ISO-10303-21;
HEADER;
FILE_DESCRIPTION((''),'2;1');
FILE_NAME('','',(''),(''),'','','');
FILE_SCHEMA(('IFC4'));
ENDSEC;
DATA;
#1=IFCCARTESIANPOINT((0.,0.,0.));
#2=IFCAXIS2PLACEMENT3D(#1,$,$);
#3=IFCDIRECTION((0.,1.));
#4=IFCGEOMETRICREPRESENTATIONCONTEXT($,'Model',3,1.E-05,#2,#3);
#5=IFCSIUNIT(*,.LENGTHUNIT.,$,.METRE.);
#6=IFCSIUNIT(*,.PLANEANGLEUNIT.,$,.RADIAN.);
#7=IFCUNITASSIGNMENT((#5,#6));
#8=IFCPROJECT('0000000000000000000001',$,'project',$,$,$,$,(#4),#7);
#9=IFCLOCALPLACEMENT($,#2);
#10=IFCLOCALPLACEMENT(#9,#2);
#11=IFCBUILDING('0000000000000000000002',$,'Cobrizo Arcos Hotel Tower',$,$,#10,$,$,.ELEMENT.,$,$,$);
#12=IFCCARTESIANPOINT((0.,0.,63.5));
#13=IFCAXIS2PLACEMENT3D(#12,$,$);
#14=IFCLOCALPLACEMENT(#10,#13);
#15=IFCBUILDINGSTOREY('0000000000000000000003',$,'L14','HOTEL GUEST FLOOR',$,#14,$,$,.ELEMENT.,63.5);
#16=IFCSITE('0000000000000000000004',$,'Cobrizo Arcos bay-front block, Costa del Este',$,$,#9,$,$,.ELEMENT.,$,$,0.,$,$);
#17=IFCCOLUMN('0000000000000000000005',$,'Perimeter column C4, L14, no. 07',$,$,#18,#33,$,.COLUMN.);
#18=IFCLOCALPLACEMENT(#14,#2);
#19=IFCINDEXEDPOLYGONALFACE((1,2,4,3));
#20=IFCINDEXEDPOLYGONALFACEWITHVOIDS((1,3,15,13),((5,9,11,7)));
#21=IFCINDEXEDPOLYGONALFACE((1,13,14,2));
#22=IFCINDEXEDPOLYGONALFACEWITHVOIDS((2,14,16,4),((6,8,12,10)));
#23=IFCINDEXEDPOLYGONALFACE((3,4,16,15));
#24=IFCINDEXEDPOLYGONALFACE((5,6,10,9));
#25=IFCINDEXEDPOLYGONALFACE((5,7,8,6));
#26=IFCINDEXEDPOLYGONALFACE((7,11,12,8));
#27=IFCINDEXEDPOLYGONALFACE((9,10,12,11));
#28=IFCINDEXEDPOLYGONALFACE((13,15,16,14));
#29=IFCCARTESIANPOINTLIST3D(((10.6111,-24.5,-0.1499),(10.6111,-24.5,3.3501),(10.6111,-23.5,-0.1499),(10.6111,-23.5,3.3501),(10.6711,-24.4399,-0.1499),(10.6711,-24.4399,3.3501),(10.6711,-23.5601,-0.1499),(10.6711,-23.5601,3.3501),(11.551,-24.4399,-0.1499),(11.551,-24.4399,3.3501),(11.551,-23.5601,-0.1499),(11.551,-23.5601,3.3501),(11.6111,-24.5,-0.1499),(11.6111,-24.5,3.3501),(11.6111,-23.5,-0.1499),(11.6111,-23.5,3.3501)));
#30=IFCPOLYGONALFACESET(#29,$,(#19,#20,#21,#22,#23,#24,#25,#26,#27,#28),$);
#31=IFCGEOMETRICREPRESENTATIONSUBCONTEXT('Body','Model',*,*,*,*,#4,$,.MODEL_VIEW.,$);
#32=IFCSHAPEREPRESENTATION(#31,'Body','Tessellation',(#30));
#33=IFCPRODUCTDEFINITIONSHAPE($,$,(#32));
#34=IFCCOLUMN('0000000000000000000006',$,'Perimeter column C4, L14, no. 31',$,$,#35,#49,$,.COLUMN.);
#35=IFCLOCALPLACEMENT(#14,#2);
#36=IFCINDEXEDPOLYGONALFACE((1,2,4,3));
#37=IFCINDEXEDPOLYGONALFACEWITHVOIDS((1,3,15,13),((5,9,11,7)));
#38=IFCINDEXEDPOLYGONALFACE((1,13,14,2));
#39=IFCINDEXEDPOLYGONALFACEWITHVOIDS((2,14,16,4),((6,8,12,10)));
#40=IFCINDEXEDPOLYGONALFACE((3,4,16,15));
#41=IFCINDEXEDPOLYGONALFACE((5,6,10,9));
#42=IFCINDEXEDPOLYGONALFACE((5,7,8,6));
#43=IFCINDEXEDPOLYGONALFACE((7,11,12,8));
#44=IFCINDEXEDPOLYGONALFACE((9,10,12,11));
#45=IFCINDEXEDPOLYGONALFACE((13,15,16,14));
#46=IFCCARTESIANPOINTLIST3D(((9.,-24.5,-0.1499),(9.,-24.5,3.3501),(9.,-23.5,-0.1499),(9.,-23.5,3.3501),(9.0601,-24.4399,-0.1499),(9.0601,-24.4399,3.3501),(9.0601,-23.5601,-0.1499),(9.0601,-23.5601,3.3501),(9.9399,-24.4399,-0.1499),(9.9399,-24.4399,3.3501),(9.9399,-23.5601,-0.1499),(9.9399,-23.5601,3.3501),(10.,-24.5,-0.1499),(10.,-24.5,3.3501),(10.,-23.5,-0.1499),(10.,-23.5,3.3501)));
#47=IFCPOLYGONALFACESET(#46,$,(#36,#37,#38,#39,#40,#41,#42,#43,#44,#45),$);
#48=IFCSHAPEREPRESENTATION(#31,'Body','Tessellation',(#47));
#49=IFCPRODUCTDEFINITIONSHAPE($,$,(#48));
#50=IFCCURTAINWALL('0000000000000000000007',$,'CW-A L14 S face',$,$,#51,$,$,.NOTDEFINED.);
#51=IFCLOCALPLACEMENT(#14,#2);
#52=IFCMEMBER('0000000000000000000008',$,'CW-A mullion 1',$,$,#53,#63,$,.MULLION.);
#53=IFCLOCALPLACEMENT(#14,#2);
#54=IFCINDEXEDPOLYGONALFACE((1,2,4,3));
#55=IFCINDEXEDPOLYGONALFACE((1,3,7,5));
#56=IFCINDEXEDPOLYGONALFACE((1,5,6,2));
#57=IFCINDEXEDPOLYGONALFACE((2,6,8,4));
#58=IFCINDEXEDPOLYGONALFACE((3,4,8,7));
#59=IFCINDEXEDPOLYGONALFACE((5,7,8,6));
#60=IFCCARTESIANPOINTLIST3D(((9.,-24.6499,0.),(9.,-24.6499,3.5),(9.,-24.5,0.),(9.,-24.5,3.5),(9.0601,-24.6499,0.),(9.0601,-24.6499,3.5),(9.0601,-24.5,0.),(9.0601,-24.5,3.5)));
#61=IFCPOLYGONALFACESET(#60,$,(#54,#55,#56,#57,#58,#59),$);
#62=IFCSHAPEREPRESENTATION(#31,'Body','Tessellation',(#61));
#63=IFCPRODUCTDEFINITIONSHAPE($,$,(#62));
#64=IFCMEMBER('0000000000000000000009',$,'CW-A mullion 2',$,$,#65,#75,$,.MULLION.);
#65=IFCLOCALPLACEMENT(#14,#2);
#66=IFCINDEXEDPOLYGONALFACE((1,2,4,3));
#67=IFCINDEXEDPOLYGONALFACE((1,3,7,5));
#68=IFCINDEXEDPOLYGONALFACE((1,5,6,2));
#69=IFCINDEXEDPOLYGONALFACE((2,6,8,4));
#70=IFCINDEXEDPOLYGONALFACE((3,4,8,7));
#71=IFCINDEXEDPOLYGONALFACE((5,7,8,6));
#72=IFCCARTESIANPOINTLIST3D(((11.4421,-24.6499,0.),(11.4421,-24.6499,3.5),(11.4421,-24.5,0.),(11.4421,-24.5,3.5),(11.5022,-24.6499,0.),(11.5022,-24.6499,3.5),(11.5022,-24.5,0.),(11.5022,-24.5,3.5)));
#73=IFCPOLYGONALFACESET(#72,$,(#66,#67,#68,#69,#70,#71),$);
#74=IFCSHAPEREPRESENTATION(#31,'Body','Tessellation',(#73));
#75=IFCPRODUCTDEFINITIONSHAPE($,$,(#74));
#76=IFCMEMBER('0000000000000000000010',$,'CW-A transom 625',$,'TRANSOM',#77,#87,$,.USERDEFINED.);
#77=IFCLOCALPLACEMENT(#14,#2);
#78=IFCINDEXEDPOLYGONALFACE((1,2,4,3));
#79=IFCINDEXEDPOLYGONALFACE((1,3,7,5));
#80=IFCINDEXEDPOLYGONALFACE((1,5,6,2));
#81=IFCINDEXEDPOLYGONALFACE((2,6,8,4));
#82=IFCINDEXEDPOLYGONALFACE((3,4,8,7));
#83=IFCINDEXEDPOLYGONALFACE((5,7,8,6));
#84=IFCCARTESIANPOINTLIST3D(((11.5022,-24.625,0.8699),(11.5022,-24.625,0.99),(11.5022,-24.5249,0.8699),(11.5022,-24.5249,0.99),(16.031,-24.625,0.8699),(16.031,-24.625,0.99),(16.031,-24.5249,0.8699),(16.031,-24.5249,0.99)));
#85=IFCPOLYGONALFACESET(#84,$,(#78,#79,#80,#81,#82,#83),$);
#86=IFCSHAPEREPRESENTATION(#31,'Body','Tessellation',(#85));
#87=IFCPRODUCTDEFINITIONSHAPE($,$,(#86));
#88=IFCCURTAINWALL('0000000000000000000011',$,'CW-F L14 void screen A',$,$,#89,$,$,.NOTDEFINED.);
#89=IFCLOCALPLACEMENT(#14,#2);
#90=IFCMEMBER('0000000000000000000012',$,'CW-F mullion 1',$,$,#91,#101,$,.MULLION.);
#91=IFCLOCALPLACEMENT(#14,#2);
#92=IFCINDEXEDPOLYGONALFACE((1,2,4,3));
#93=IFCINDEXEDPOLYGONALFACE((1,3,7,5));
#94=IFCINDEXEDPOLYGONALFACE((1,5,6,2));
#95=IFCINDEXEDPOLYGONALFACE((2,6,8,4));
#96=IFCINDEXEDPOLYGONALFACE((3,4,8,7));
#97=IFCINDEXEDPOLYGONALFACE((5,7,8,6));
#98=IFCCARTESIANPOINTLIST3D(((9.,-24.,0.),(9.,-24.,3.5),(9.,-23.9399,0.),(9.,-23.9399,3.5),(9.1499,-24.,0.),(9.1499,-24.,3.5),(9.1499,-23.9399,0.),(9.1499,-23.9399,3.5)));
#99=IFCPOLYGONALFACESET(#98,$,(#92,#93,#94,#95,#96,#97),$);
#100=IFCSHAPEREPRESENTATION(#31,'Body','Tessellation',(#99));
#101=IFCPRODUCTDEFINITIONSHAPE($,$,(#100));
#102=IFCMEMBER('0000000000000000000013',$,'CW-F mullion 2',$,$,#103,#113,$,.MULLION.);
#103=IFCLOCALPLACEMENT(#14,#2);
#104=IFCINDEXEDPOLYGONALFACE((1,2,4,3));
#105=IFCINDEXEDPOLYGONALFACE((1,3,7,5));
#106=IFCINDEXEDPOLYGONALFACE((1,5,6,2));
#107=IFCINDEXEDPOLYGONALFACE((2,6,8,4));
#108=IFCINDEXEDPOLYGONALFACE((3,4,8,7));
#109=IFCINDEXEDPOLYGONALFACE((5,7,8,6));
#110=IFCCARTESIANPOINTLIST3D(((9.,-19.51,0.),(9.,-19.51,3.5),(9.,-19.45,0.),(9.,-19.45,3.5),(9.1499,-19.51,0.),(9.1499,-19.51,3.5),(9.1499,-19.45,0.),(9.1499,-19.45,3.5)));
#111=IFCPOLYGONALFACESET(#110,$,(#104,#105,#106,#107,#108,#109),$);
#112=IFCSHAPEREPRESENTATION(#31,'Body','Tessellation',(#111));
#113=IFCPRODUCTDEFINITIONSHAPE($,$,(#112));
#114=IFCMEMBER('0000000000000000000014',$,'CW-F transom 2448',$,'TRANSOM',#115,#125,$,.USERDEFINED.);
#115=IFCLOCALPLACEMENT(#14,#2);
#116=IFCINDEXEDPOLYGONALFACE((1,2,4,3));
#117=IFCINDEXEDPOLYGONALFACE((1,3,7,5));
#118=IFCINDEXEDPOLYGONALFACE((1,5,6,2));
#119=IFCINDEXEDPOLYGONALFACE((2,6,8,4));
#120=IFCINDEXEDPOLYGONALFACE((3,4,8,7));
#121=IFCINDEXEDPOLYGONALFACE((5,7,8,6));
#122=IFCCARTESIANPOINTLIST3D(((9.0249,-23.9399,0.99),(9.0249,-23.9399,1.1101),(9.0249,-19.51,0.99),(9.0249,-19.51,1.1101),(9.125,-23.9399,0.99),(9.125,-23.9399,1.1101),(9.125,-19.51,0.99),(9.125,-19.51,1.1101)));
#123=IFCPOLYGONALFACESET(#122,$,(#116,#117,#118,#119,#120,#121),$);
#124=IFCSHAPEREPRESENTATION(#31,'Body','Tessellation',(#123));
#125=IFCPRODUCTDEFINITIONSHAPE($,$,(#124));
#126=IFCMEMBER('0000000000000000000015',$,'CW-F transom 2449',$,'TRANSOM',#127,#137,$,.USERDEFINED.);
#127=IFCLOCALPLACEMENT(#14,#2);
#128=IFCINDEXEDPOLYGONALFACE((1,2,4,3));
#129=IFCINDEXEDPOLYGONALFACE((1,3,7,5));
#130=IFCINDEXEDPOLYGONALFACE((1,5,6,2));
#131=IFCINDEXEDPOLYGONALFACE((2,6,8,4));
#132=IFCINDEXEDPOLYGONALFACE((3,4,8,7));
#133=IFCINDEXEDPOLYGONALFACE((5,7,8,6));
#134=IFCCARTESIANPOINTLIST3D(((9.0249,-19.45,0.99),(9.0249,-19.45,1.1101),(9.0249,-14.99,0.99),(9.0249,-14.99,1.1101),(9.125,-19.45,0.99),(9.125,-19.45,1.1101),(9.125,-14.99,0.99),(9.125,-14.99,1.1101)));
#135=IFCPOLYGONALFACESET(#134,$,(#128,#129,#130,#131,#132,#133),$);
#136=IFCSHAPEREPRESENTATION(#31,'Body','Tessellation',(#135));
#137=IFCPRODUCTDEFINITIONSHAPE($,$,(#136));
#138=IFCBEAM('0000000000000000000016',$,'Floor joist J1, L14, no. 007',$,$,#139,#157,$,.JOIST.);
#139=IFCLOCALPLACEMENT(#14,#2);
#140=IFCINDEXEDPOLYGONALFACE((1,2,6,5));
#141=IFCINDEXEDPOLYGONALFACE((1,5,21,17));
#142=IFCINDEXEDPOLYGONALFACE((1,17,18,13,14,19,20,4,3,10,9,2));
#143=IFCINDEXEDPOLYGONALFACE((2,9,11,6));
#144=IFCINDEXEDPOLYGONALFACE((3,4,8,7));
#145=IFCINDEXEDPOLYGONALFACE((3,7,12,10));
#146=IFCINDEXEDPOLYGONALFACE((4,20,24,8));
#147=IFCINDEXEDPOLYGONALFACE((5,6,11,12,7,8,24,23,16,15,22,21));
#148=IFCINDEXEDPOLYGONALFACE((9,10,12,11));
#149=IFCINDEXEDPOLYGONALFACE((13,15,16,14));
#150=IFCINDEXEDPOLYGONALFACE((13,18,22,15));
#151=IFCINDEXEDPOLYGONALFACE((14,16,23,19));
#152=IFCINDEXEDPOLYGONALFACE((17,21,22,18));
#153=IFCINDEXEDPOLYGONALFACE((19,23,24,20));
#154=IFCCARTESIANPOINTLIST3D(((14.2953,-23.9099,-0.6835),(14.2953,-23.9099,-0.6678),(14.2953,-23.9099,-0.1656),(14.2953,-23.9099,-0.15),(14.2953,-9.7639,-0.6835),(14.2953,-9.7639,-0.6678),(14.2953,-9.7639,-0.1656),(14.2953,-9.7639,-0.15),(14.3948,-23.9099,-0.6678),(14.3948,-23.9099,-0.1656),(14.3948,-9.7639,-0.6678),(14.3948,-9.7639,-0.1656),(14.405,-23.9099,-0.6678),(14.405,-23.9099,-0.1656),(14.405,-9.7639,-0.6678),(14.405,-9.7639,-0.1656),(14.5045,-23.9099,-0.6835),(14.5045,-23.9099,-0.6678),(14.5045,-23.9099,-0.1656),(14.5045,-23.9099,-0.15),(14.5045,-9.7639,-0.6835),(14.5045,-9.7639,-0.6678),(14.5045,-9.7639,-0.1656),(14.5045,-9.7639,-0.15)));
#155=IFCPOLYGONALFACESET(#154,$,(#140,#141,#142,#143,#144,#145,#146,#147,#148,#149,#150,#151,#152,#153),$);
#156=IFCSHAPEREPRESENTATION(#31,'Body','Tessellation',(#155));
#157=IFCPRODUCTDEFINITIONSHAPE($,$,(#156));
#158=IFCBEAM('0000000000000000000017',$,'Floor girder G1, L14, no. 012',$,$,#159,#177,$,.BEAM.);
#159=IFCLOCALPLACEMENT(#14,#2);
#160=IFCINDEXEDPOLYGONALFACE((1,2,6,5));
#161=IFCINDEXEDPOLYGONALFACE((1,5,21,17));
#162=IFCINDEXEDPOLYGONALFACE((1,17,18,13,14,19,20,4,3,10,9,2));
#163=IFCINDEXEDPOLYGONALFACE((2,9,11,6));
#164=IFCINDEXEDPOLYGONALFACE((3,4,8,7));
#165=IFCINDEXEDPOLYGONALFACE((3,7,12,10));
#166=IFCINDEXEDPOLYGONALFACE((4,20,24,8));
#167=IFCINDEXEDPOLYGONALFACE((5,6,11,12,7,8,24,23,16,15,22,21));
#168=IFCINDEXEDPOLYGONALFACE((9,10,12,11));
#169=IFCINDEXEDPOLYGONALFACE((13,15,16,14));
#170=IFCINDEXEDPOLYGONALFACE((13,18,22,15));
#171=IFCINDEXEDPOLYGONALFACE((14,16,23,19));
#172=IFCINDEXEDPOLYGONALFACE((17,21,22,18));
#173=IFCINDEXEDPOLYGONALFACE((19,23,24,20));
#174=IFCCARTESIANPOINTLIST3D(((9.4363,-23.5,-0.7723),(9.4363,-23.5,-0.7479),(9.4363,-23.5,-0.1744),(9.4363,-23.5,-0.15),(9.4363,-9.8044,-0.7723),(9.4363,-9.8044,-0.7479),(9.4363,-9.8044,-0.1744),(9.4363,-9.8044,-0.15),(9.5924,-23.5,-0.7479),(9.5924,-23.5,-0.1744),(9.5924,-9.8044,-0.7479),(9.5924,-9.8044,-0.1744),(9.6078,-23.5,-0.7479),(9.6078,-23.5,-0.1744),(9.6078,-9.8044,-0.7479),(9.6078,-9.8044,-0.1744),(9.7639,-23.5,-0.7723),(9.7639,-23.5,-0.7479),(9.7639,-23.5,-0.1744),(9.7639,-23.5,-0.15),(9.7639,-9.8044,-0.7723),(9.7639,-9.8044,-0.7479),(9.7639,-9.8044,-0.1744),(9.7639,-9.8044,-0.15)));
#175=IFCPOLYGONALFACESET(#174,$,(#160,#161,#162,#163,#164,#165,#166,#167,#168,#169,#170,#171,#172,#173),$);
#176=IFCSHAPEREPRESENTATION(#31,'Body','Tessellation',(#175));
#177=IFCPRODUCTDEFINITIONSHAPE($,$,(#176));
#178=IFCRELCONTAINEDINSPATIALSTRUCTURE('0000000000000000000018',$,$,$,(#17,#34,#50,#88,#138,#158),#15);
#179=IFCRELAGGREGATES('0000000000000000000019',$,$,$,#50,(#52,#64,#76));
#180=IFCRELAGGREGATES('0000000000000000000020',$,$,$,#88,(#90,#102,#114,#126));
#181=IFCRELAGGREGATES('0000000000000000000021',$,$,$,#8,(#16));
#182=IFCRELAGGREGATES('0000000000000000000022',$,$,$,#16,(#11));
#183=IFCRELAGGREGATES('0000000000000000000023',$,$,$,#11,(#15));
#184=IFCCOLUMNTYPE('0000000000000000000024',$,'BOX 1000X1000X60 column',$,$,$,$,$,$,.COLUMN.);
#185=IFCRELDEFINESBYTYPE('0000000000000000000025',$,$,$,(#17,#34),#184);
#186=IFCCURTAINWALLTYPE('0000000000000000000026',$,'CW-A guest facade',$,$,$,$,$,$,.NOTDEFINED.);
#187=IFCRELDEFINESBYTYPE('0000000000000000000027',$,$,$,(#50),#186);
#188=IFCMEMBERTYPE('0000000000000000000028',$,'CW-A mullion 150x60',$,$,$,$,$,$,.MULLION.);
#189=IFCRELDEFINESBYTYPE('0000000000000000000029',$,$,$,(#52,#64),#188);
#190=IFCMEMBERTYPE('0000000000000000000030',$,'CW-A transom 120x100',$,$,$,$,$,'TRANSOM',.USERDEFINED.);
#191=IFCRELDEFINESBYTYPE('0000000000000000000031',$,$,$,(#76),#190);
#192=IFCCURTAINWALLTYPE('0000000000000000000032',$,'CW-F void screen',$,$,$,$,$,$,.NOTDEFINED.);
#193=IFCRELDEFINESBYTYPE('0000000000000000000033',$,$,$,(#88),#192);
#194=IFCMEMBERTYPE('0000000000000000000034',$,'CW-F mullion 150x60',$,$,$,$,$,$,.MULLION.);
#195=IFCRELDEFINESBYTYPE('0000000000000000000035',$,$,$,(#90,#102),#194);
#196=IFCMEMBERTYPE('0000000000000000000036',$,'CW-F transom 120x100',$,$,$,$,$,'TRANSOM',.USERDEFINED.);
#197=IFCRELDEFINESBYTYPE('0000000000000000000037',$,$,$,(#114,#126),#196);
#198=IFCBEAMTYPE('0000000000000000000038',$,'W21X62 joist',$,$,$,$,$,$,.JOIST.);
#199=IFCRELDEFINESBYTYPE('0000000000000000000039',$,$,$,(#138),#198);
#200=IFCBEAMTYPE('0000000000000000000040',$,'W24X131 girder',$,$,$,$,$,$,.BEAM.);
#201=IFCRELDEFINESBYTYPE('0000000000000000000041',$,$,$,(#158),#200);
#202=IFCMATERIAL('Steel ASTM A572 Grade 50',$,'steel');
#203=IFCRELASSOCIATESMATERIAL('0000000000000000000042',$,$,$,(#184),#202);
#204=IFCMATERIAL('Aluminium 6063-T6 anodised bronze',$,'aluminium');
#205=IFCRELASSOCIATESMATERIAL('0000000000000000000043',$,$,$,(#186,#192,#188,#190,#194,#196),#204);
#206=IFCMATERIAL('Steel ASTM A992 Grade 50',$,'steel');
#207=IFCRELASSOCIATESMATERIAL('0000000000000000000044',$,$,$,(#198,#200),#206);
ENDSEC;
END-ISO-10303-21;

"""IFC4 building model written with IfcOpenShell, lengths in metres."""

from ifc_helpers import new_model, si_unit, direction, frame, origin, origin_2d, place, context, subcontext, project, spatial, rectangle, hollow_rectangle, i_section, extrude, material, material_profile, profile_set, type_object, element, aggregate, save


model = new_model("IFC4")

# Units and contexts
model_context = context("Model", 3, precision=1e-05, world=origin(), true_north=direction((0.0, 1.0)))
body_context = subcontext(model_context, "Body", "Model", "MODEL_VIEW")
ifc_project = project(units=[si_unit("LENGTHUNIT", "METRE"), si_unit("PLANEANGLEUNIT", "RADIAN")], contexts=[model_context])

# Site, building, storey
site_placement = place(None, origin())
site = spatial("IfcSite", under=ifc_project, at=site_placement, Name="Cobrizo Arcos bay-front block, Costa del Este", CompositionType="ELEMENT", RefElevation=0.0)
building_placement = place(site_placement, origin())
building = spatial("IfcBuilding", under=site, at=building_placement, Name="Cobrizo Arcos Hotel Tower", CompositionType="ELEMENT")
storey_placement = place(building_placement, frame((0.0, 0.0, 63.5)))
storey = spatial("IfcBuildingStorey", under=building, at=storey_placement, Name="L14", Description="HOTEL GUEST FLOOR", CompositionType="ELEMENT", Elevation=63.5)

# Columns
ifc_material_1 = material(Name="Steel ASTM A572 Grade 50", Category="steel")
ifc_material_profile_1 = material_profile(ifc_material_1, hollow_rectangle(XDim=1.0, YDim=1.0, WallThickness=0.0601, at=origin_2d()), Name="BOX 1000X1000X60")
ifc_profile_set_1 = profile_set([ifc_material_profile_1], Name="Steel ASTM A572 Grade 50")
column_type = type_object("IfcColumnType", Name="BOX 1000X1000X60 column", PredefinedType="COLUMN", material=ifc_profile_set_1)
for number, where, z_axis, x_axis, name in (
    (1, (11.1111, -24.0, -0.1499), (0.0, 0.0, 1.0), (1.0, 0.0, 0.0), "Perimeter column C4, L14, no. 07"),
    (2, (9.5, -24.0, -0.1499), (0.0, 0.0, 1.0), (1.0, 0.0, 0.0), "Perimeter column C4, L14, no. 31"),
):
    element("IfcColumn", number, at=place(storey_placement, frame(where, z_axis=z_axis, x_axis=x_axis)), inside=storey, type_object=column_type, Name=name, PredefinedType="COLUMN", context=body_context, shape_type="SweptSolid", body=[
        extrude(hollow_rectangle(XDim=1.0, YDim=1.0, WallThickness=0.0601, at=origin_2d()), origin(), (0.0, 0.0, 1.0), 3.5),
    ])

# Curtain walls, members
ifc_material_2 = material(Name="Aluminium 6063-T6 anodised bronze", Category="aluminium")
curtain_wall_type_1 = type_object("IfcCurtainWallType", Name="CW-A guest facade", PredefinedType="NOTDEFINED", material=ifc_material_2)
curtain_wall_1_placement = place(storey_placement, origin())
curtain_wall_1 = element("IfcCurtainWall", 3, at=curtain_wall_1_placement, inside=storey, type_object=curtain_wall_type_1, Name="CW-A L14 S face", PredefinedType="NOTDEFINED")
ifc_material_profile_2 = material_profile(ifc_material_2, rectangle(XDim=0.1499, YDim=0.0601, at=origin_2d()), Name="CW-A mullion 150x60")
ifc_profile_set_2 = profile_set([ifc_material_profile_2], Name="Aluminium 6063-T6 anodised bronze")
member_type_1 = type_object("IfcMemberType", Name="CW-A mullion 150x60", PredefinedType="MULLION", material=ifc_profile_set_2)
member_1_placement = place(storey_placement, frame((9.03, -24.575, 0.0), z_axis=(0.0, 0.0, 1.0), x_axis=(0.0, -1.0, 0.0)))
member_1 = element("IfcMember", 4, at=member_1_placement, type_object=member_type_1, Name="CW-A mullion 1", PredefinedType="MULLION", context=body_context, shape_type="SweptSolid", body=[
    extrude(rectangle(XDim=0.1499, YDim=0.0601, at=origin_2d()), origin(), (0.0, 0.0, 1.0), 3.5),
])
member_2_placement = place(storey_placement, frame((11.4722, -24.575, 0.0), z_axis=(0.0, 0.0, 1.0), x_axis=(0.0, -1.0, 0.0)))
member_2 = element("IfcMember", 5, at=member_2_placement, type_object=member_type_1, Name="CW-A mullion 2", PredefinedType="MULLION", context=body_context, shape_type="SweptSolid", body=[
    extrude(rectangle(XDim=0.1499, YDim=0.0601, at=origin_2d()), origin(), (0.0, 0.0, 1.0), 3.5),
])
ifc_material_profile_3 = material_profile(ifc_material_2, rectangle(XDim=0.1001, YDim=0.1201, at=origin_2d()), Name="CW-A transom 120x100")
ifc_profile_set_3 = profile_set([ifc_material_profile_3], Name="Aluminium 6063-T6 anodised bronze")
member_type_2 = type_object("IfcMemberType", Name="CW-A transom 120x100", ElementType="TRANSOM", PredefinedType="USERDEFINED", material=ifc_profile_set_3)
member_3_placement = place(storey_placement, frame((11.5022, -24.575, 0.9299), z_axis=(1.0, 0.0, 0.0), x_axis=(0.0, 1.0, 0.0)))
member_3 = element("IfcMember", 6, at=member_3_placement, type_object=member_type_2, Name="CW-A transom 625", ObjectType="TRANSOM", PredefinedType="USERDEFINED", context=body_context, shape_type="SweptSolid", body=[
    extrude(rectangle(XDim=0.1001, YDim=0.1201, at=origin_2d()), origin(), (0.0, 0.0, 1.0), 4.5288),
])
curtain_wall_type_2 = type_object("IfcCurtainWallType", Name="CW-F void screen", PredefinedType="NOTDEFINED", material=ifc_material_2)
curtain_wall_2_placement = place(storey_placement, origin())
curtain_wall_2 = element("IfcCurtainWall", 7, at=curtain_wall_2_placement, inside=storey, type_object=curtain_wall_type_2, Name="CW-F L14 void screen A", PredefinedType="NOTDEFINED")
ifc_material_profile_4 = material_profile(ifc_material_2, rectangle(XDim=0.1499, YDim=0.0601, at=origin_2d()), Name="CW-F mullion 150x60")
ifc_profile_set_4 = profile_set([ifc_material_profile_4], Name="Aluminium 6063-T6 anodised bronze")
member_type_3 = type_object("IfcMemberType", Name="CW-F mullion 150x60", PredefinedType="MULLION", material=ifc_profile_set_4)
member_4_placement = place(storey_placement, frame((9.075, -23.97, 0.0), z_axis=(0.0, 0.0, 1.0), x_axis=(1.0, 0.0, 0.0)))
member_4 = element("IfcMember", 8, at=member_4_placement, type_object=member_type_3, Name="CW-F mullion 1", PredefinedType="MULLION", context=body_context, shape_type="SweptSolid", body=[
    extrude(rectangle(XDim=0.1499, YDim=0.0601, at=origin_2d()), origin(), (0.0, 0.0, 1.0), 3.5),
])
member_5_placement = place(storey_placement, frame((9.075, -19.48, 0.0), z_axis=(0.0, 0.0, 1.0), x_axis=(1.0, 0.0, 0.0)))
member_5 = element("IfcMember", 9, at=member_5_placement, type_object=member_type_3, Name="CW-F mullion 2", PredefinedType="MULLION", context=body_context, shape_type="SweptSolid", body=[
    extrude(rectangle(XDim=0.1499, YDim=0.0601, at=origin_2d()), origin(), (0.0, 0.0, 1.0), 3.5),
])
ifc_material_profile_5 = material_profile(ifc_material_2, rectangle(XDim=0.1001, YDim=0.1201, at=origin_2d()), Name="CW-F transom 120x100")
ifc_profile_set_5 = profile_set([ifc_material_profile_5], Name="Aluminium 6063-T6 anodised bronze")
member_type_4 = type_object("IfcMemberType", Name="CW-F transom 120x100", ElementType="TRANSOM", PredefinedType="USERDEFINED", material=ifc_profile_set_5)
member_6_placement = place(storey_placement, frame((9.075, -23.9399, 1.05), z_axis=(0.0, 1.0, 0.0), x_axis=(-1.0, 0.0, 0.0)))
member_6 = element("IfcMember", 10, at=member_6_placement, type_object=member_type_4, Name="CW-F transom 2448", ObjectType="TRANSOM", PredefinedType="USERDEFINED", context=body_context, shape_type="SweptSolid", body=[
    extrude(rectangle(XDim=0.1001, YDim=0.1201, at=origin_2d()), origin(), (0.0, 0.0, 1.0), 4.4299),
])
member_7_placement = place(storey_placement, frame((9.075, -19.45, 1.05), z_axis=(0.0, 1.0, 0.0), x_axis=(-1.0, 0.0, 0.0)))
member_7 = element("IfcMember", 11, at=member_7_placement, type_object=member_type_4, Name="CW-F transom 2449", ObjectType="TRANSOM", PredefinedType="USERDEFINED", context=body_context, shape_type="SweptSolid", body=[
    extrude(rectangle(XDim=0.1001, YDim=0.1201, at=origin_2d()), origin(), (0.0, 0.0, 1.0), 4.46),
])

# Beams
ifc_material_3 = material(Name="Steel ASTM A992 Grade 50", Category="steel")
ifc_material_profile_6 = material_profile(ifc_material_3, i_section(OverallWidth=0.2092, OverallDepth=0.5334, WebThickness=0.0103, FlangeThickness=0.0156, at=origin_2d()), Name="W21X62")
ifc_profile_set_6 = profile_set([ifc_material_profile_6], Name="Steel ASTM A992 Grade 50")
beam_type_1 = type_object("IfcBeamType", Name="W21X62 joist", PredefinedType="JOIST", material=ifc_profile_set_6)
beam_1_placement = place(storey_placement, frame((14.3999, -23.9099, -0.4167), z_axis=(0.0, 1.0, 0.0), x_axis=(-1.0, 0.0, 0.0)))
element("IfcBeam", 12, at=beam_1_placement, inside=storey, type_object=beam_type_1, Name="Floor joist J1, L14, no. 007", PredefinedType="JOIST", context=body_context, shape_type="SweptSolid", body=[
    extrude(i_section(OverallWidth=0.2092, OverallDepth=0.5334, WebThickness=0.0103, FlangeThickness=0.0156, at=origin_2d()), origin(), (0.0, 0.0, 1.0), 14.146),
])
ifc_material_profile_7 = material_profile(ifc_material_3, i_section(OverallWidth=0.3276, OverallDepth=0.6223, WebThickness=0.0154, FlangeThickness=0.0244, at=origin_2d()), Name="W24X131")
ifc_profile_set_7 = profile_set([ifc_material_profile_7], Name="Steel ASTM A992 Grade 50")
beam_type_2 = type_object("IfcBeamType", Name="W24X131 girder", PredefinedType="BEAM", material=ifc_profile_set_7)
beam_2_placement = place(storey_placement, frame((9.6001, -23.5, -0.4612), z_axis=(0.0, 1.0, 0.0), x_axis=(-1.0, 0.0, 0.0)))
element("IfcBeam", 13, at=beam_2_placement, inside=storey, type_object=beam_type_2, Name="Floor girder G1, L14, no. 012", PredefinedType="BEAM", context=body_context, shape_type="SweptSolid", body=[
    extrude(i_section(OverallWidth=0.3276, OverallDepth=0.6223, WebThickness=0.0154, FlangeThickness=0.0244, at=origin_2d()), origin(), (0.0, 0.0, 1.0), 13.6956),
])

aggregate(curtain_wall_1, [member_1, member_2, member_3])
aggregate(curtain_wall_2, [member_4, member_5, member_6, member_7])

save(model, "model.ifc")
